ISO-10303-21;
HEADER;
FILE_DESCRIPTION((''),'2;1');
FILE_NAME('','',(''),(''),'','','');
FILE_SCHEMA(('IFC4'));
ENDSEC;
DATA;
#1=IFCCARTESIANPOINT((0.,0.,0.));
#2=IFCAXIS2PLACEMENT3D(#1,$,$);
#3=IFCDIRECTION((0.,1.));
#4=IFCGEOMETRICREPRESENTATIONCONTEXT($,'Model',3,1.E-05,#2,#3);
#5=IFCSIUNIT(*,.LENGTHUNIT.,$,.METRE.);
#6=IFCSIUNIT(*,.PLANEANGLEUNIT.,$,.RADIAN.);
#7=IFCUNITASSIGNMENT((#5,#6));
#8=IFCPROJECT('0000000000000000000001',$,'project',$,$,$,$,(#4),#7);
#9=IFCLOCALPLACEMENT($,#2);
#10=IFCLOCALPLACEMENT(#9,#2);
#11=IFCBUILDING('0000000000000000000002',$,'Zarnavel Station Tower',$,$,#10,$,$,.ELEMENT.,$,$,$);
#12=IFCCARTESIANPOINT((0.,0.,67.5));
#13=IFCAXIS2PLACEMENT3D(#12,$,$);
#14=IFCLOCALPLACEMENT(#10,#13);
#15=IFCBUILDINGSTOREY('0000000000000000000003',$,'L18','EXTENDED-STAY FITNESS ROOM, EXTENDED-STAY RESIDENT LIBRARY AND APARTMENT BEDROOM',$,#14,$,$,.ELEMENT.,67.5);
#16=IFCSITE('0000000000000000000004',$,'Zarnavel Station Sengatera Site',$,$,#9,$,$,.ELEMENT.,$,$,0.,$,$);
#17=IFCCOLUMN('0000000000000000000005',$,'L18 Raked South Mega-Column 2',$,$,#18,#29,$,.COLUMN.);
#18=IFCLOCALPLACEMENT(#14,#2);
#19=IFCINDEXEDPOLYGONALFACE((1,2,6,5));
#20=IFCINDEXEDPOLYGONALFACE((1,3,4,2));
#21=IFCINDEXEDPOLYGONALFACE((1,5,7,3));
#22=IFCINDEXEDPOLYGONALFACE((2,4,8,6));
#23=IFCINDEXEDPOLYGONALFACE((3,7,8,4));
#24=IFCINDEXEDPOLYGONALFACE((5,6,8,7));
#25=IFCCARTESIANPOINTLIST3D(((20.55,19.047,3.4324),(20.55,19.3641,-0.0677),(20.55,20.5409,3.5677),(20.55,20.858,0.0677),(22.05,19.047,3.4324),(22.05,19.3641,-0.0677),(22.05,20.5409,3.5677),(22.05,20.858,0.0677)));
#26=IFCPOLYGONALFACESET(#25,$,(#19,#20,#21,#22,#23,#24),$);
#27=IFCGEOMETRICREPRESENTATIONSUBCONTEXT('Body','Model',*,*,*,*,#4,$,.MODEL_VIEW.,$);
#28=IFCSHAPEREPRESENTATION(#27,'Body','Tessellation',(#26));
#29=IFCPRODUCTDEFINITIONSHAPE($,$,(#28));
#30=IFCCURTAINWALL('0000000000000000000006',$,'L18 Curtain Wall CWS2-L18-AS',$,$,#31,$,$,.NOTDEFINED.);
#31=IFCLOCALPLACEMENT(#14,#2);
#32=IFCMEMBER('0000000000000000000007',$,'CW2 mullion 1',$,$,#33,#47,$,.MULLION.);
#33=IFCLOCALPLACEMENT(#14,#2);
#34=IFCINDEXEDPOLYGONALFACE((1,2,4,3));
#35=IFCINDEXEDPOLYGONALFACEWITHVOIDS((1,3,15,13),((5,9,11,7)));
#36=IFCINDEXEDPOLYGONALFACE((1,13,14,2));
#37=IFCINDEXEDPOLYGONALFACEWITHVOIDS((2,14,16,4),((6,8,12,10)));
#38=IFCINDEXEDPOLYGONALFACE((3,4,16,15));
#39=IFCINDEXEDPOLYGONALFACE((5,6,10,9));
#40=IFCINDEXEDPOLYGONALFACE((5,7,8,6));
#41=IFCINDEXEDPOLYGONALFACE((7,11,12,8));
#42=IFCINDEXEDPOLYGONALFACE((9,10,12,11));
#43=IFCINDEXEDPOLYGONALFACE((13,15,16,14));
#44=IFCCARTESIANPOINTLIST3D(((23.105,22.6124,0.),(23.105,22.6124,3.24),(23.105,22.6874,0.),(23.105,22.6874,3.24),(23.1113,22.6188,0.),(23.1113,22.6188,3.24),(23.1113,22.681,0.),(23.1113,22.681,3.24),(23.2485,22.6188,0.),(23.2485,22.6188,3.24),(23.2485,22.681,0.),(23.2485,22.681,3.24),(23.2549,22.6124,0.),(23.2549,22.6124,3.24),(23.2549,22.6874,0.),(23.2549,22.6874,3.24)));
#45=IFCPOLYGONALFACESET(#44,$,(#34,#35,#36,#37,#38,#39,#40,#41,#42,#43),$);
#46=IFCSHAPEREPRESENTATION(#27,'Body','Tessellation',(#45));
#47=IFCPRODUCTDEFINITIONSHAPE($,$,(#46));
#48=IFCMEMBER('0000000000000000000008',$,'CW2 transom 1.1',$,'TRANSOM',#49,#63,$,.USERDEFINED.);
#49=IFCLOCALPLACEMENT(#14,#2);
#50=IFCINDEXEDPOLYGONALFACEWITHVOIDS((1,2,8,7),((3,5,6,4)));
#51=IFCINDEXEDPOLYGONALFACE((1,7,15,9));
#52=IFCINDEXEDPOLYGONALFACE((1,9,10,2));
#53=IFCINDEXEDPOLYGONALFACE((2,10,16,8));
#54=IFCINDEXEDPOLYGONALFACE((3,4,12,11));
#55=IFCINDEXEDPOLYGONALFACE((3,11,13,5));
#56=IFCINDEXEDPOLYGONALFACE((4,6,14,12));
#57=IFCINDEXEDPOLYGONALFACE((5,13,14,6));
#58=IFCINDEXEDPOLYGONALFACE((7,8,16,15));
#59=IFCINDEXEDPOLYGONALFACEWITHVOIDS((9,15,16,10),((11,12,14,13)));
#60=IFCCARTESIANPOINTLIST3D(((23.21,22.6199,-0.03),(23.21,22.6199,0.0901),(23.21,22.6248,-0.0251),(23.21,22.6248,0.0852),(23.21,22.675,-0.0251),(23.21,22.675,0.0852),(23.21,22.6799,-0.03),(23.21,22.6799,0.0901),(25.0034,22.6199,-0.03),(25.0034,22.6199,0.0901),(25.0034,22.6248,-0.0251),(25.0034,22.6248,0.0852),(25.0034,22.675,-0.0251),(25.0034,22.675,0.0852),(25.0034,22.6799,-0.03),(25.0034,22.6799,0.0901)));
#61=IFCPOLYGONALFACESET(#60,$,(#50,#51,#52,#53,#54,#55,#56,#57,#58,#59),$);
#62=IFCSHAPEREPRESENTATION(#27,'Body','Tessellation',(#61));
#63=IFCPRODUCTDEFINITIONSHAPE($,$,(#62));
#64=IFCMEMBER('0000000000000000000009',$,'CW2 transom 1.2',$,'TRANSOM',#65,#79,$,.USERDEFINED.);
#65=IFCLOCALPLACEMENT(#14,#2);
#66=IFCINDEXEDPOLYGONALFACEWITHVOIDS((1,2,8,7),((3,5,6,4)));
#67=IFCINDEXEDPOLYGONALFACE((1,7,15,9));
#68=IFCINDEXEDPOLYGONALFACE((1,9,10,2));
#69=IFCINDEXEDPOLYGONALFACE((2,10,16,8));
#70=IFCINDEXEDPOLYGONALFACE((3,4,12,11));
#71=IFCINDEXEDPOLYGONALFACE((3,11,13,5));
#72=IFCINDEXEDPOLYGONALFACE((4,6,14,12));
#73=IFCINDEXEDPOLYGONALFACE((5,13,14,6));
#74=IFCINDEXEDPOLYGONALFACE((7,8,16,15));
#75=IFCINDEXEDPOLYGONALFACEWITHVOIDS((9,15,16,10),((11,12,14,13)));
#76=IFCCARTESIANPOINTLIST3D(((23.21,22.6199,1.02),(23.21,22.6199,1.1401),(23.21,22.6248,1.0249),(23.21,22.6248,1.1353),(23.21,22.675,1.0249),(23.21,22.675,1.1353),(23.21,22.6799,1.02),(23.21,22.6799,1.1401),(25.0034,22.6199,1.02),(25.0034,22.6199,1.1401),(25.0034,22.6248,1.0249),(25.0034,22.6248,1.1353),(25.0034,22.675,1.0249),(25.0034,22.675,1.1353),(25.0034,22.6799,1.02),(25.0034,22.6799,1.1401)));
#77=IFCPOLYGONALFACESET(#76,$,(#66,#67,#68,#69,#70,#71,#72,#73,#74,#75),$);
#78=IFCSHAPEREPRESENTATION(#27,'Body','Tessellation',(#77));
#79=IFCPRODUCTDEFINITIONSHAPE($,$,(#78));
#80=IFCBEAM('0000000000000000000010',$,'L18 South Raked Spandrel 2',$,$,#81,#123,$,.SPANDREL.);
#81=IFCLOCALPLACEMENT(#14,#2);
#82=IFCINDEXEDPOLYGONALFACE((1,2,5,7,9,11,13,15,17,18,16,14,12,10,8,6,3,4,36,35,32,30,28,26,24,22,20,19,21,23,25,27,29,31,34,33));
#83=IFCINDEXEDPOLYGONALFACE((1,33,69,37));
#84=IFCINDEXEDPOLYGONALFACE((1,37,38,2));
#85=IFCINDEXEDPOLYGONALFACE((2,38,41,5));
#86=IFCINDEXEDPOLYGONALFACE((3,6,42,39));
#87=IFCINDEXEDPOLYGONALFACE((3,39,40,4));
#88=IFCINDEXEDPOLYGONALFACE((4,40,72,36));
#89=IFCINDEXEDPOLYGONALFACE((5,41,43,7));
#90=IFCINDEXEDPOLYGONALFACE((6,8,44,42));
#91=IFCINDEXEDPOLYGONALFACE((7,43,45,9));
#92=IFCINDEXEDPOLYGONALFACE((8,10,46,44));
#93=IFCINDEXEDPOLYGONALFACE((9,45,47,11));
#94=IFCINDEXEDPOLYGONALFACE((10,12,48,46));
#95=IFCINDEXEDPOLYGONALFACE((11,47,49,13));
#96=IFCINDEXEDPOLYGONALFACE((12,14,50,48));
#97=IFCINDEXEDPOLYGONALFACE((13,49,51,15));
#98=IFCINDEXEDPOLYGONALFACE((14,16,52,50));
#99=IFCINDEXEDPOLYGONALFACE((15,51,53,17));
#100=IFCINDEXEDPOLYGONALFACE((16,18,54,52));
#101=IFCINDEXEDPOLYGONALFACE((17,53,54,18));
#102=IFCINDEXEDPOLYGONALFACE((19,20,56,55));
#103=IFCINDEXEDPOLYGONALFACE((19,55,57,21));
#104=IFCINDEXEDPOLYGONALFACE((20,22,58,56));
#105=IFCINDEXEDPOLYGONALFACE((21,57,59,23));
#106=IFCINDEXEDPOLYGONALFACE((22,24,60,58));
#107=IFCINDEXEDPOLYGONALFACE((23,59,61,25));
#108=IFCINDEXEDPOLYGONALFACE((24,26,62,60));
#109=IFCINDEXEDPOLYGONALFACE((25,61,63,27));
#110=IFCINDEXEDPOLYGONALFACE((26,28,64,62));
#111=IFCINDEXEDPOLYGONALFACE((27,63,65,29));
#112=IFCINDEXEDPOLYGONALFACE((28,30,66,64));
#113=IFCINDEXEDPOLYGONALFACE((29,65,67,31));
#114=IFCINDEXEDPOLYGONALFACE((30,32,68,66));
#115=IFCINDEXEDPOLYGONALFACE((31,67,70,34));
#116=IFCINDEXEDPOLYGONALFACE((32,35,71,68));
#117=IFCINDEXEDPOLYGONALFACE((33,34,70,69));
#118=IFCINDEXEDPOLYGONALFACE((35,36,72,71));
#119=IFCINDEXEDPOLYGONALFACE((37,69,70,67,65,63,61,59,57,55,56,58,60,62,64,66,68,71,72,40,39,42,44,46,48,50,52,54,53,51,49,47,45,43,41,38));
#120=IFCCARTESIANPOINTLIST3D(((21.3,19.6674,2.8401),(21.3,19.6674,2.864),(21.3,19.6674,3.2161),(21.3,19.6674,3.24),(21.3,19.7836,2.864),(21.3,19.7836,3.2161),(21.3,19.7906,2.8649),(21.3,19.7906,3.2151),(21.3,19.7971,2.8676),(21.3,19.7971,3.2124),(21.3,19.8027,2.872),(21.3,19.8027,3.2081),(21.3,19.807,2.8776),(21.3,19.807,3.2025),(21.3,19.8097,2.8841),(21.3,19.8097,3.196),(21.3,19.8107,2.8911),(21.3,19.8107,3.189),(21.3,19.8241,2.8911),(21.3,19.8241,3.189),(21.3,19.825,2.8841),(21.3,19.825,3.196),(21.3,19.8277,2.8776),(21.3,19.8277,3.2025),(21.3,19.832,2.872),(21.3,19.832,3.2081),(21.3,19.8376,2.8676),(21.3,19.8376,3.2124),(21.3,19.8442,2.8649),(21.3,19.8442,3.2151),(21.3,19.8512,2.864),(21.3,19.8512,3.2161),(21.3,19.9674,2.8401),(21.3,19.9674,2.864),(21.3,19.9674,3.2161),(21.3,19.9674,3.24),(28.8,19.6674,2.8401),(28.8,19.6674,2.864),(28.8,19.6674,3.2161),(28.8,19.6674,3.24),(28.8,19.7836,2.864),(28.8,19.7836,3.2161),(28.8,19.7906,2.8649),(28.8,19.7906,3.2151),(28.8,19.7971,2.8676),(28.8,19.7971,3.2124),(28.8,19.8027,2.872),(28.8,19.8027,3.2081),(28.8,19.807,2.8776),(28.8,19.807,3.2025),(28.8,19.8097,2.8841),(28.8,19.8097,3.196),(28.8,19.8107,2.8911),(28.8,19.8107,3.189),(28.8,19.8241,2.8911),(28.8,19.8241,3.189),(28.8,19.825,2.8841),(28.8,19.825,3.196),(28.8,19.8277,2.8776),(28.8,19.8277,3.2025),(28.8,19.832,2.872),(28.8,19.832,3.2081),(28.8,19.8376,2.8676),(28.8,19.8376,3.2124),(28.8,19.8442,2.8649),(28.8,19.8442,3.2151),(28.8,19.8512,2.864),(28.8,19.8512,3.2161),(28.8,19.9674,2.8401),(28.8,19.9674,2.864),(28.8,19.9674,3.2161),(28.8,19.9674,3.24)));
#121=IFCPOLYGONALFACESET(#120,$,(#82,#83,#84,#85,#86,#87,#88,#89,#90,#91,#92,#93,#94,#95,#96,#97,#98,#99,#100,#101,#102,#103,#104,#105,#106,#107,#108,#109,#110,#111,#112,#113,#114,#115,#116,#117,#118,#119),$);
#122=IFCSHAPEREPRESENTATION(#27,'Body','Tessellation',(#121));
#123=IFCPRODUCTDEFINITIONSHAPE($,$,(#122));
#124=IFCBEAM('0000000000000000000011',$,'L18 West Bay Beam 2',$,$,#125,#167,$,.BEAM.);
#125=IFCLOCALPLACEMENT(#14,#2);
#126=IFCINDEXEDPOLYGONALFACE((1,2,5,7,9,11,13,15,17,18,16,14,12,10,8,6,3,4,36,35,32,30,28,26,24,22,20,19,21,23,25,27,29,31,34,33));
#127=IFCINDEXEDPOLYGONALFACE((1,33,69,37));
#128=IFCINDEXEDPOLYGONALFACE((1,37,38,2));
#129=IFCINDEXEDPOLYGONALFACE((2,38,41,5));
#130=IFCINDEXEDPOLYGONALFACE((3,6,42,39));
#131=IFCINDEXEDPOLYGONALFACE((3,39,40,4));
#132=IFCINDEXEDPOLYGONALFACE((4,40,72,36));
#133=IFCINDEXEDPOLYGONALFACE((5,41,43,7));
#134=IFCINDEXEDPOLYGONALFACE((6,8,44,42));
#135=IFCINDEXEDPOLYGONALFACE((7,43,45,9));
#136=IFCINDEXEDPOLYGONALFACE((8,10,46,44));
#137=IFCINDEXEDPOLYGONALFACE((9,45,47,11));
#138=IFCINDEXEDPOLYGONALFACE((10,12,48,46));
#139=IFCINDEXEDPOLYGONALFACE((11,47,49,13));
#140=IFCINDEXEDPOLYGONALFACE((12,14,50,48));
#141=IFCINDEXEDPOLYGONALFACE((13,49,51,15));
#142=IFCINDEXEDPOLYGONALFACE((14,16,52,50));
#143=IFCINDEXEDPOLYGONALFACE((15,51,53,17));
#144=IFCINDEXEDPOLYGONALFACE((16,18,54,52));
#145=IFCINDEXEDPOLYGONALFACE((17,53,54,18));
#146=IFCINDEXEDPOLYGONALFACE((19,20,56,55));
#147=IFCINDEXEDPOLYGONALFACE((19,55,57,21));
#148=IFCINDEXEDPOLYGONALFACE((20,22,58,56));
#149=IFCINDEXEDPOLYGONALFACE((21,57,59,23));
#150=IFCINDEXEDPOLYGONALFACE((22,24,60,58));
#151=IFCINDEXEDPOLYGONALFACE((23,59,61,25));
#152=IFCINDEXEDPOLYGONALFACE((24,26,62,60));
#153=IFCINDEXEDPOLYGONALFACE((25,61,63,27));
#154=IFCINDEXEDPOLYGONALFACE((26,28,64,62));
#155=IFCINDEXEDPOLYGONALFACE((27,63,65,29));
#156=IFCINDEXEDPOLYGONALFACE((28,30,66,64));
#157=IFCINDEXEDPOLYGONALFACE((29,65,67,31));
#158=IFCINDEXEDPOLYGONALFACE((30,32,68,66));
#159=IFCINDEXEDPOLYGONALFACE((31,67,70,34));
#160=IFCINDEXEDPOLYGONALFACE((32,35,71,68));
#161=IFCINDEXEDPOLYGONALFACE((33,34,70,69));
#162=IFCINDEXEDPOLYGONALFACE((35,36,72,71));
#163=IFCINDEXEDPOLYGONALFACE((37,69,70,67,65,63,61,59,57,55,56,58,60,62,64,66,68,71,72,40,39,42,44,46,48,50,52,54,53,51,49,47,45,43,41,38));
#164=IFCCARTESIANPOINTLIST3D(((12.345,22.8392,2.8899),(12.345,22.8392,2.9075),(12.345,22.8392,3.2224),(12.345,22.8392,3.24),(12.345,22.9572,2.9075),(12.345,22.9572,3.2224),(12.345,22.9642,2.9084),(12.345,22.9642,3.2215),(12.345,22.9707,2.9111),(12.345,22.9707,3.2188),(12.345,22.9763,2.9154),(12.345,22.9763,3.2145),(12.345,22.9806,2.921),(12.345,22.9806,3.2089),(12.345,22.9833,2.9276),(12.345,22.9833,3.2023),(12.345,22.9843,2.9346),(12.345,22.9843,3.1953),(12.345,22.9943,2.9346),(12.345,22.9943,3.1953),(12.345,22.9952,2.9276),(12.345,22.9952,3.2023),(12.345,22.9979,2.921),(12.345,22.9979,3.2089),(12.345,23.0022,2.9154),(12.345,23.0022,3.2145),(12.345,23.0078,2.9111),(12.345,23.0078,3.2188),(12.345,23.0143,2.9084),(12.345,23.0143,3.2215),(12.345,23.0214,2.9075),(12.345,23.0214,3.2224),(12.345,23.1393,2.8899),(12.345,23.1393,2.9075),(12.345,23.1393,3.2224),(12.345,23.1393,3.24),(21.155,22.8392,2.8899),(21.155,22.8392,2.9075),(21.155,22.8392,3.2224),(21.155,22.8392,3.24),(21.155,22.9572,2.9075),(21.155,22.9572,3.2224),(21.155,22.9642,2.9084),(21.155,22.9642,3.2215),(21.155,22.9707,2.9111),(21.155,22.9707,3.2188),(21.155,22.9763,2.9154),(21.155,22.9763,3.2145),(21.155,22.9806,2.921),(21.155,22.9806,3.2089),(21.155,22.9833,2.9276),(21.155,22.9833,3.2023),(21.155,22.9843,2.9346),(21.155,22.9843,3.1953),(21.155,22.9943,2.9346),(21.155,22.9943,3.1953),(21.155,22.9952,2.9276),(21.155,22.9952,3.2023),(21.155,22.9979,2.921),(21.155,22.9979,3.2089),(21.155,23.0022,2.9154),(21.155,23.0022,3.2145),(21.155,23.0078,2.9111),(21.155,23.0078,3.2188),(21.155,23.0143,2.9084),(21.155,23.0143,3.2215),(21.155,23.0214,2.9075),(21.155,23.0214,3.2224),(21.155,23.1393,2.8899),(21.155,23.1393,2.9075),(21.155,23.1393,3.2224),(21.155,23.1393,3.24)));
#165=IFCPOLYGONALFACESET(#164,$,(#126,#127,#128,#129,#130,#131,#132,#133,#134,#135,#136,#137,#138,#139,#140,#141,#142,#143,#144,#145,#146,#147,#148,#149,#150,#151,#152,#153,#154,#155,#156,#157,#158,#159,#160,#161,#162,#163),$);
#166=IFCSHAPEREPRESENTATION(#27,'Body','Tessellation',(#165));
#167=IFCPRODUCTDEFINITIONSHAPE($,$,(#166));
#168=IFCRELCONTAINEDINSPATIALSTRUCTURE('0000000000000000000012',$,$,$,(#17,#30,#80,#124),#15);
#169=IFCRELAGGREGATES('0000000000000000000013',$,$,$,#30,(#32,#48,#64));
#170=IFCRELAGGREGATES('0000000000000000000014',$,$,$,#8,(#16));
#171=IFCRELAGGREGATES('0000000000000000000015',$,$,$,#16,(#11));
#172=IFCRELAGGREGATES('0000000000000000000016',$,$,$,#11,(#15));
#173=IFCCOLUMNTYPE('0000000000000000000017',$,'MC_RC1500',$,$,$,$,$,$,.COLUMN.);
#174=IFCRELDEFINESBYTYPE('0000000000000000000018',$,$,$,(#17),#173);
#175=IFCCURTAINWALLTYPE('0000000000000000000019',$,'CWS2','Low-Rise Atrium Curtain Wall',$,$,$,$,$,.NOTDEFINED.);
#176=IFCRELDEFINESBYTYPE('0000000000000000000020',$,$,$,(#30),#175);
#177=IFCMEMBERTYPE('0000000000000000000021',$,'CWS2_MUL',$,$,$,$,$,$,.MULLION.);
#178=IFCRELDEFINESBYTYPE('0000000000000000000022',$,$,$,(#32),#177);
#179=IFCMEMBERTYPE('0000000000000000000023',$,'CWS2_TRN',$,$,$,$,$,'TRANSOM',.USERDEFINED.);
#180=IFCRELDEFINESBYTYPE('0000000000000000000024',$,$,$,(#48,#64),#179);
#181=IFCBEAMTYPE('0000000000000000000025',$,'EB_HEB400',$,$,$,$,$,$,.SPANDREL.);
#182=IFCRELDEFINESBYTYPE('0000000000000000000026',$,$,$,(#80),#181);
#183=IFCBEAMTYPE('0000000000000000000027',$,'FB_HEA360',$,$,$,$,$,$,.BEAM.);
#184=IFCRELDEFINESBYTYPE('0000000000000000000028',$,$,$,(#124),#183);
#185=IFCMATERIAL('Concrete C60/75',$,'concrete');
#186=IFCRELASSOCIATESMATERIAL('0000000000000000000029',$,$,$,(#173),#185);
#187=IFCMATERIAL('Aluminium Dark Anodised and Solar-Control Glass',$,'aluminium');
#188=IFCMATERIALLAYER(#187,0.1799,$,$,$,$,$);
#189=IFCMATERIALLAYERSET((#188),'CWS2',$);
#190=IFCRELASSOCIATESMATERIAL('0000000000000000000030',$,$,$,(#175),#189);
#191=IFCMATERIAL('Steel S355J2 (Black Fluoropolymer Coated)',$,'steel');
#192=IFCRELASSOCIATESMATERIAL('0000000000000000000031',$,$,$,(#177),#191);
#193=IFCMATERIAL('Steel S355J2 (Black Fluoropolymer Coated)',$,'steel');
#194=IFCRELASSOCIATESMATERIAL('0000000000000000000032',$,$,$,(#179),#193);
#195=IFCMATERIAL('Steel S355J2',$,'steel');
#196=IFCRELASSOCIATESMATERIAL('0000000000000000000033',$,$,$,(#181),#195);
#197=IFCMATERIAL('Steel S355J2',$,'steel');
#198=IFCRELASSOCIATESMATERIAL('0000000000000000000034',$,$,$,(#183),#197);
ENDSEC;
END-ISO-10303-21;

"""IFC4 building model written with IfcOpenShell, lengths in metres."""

from ifc_helpers import new_model, si_unit, direction, frame, origin, origin_2d, place, context, subcontext, project, spatial, rectangle, hollow_rectangle, i_section, extrude, material, layer, layer_set, material_profile, profile_set, type_object, element, aggregate, save


model = new_model("IFC4")

# Units and contexts
model_context = context("Model", 3, precision=1e-05, world=origin(), true_north=direction((0.0, 1.0)))
body_context = subcontext(model_context, "Body", "Model", "MODEL_VIEW")
ifc_project = project(units=[si_unit("LENGTHUNIT", "METRE"), si_unit("PLANEANGLEUNIT", "RADIAN")], contexts=[model_context])

# Site, building, storey
site_placement = place(None, origin())
site = spatial("IfcSite", under=ifc_project, at=site_placement, Name="Zarnavel Station Sengatera Site", CompositionType="ELEMENT", RefElevation=0.0)
building_placement = place(site_placement, origin())
building = spatial("IfcBuilding", under=site, at=building_placement, Name="Zarnavel Station Tower", CompositionType="ELEMENT")
storey_placement = place(building_placement, frame((0.0, 0.0, 67.5)))
storey = spatial("IfcBuildingStorey", under=building, at=storey_placement, Name="L18", Description="EXTENDED-STAY FITNESS ROOM, EXTENDED-STAY RESIDENT LIBRARY AND APARTMENT BEDROOM", CompositionType="ELEMENT", Elevation=67.5)

# Column
ifc_material_1 = material(Name="Concrete C60/75", Category="concrete")
ifc_material_profile_1 = material_profile(ifc_material_1, rectangle(XDim=1.5, YDim=1.5, at=origin_2d()), Name="RC1500x1500")
ifc_profile_set_1 = profile_set([ifc_material_profile_1], Name="Concrete C60/75")
column_type = type_object("IfcColumnType", Name="MC_RC1500", PredefinedType="COLUMN", material=ifc_profile_set_1)
column_placement = place(storey_placement, frame((21.3, 20.1111, 0.0), z_axis=(0.0, -0.090241, 0.99592), x_axis=(1.0, 0.0, 0.0)))
element("IfcColumn", 1, at=column_placement, inside=storey, type_object=column_type, Name="L18 Raked South Mega-Column 2", PredefinedType="COLUMN", context=body_context, shape_type="SweptSolid", body=[
    extrude(rectangle(XDim=1.5, YDim=1.5, at=origin_2d()), origin(), (0.0, 0.0, 1.0), 3.5144),
])

# Curtain wall, members
ifc_material_2 = material(Name="Aluminium Dark Anodised and Solar-Control Glass", Category="aluminium")
ifc_layer_1 = layer(ifc_material_2, 0.1799)
ifc_layer_set_1 = layer_set([ifc_layer_1], Name="CWS2")
curtain_wall_type = type_object("IfcCurtainWallType", Name="CWS2", Description="Low-Rise Atrium Curtain Wall", PredefinedType="NOTDEFINED", material=ifc_layer_set_1)
curtain_wall_placement = place(storey_placement, origin())
curtain_wall = element("IfcCurtainWall", 2, at=curtain_wall_placement, inside=storey, type_object=curtain_wall_type, Name="L18 Curtain Wall CWS2-L18-AS", PredefinedType="NOTDEFINED")
ifc_material_3 = material(Name="Steel S355J2 (Black Fluoropolymer Coated)", Category="steel")
ifc_material_profile_2 = material_profile(ifc_material_3, hollow_rectangle(XDim=0.075, YDim=0.1499, WallThickness=0.0063, at=origin_2d()), Name="RHS150x75x6.3")
ifc_profile_set_2 = profile_set([ifc_material_profile_2], Name="Steel S355J2 (Black Fluoropolymer Coated)")
member_type_1 = type_object("IfcMemberType", Name="CWS2_MUL", PredefinedType="MULLION", material=ifc_profile_set_2)
member_1_placement = place(storey_placement, frame((23.1799, 22.6499, 0.0), z_axis=(0.0, 0.0, 1.0), x_axis=(0.0, 1.0, 0.0)))
member_1 = element("IfcMember", 3, at=member_1_placement, type_object=member_type_1, Name="CW2 mullion 1", PredefinedType="MULLION", context=body_context, shape_type="SweptSolid", body=[
    extrude(hollow_rectangle(XDim=0.075, YDim=0.1499, WallThickness=0.0063, at=origin_2d()), origin(), (0.0, 0.0, 1.0), 3.24),
])
ifc_material_4 = material(Name="Steel S355J2 (Black Fluoropolymer Coated)", Category="steel")
ifc_material_profile_3 = material_profile(ifc_material_4, hollow_rectangle(XDim=0.0601, YDim=0.1201, WallThickness=0.0049, at=origin_2d()), Name="RHS120x60x5")
ifc_profile_set_3 = profile_set([ifc_material_profile_3], Name="Steel S355J2 (Black Fluoropolymer Coated)")
member_type_2 = type_object("IfcMemberType", Name="CWS2_TRN", ElementType="TRANSOM", PredefinedType="USERDEFINED", material=ifc_profile_set_3)
member_2_placement = place(storey_placement, frame((23.21, 22.6499, 0.03), z_axis=(1.0, 0.0, 0.0), x_axis=(0.0, 1.0, 0.0)))
member_2 = element("IfcMember", 4, at=member_2_placement, type_object=member_type_2, Name="CW2 transom 1.1", ObjectType="TRANSOM", PredefinedType="USERDEFINED", context=body_context, shape_type="SweptSolid", body=[
    extrude(hollow_rectangle(XDim=0.0601, YDim=0.1201, WallThickness=0.0049, at=origin_2d()), origin(), (0.0, 0.0, 1.0), 1.7935),
])
member_3_placement = place(storey_placement, frame((23.21, 22.6499, 1.0801), z_axis=(1.0, 0.0, 0.0), x_axis=(0.0, 1.0, 0.0)))
member_3 = element("IfcMember", 5, at=member_3_placement, type_object=member_type_2, Name="CW2 transom 1.2", ObjectType="TRANSOM", PredefinedType="USERDEFINED", context=body_context, shape_type="SweptSolid", body=[
    extrude(hollow_rectangle(XDim=0.0601, YDim=0.1201, WallThickness=0.0049, at=origin_2d()), origin(), (0.0, 0.0, 1.0), 1.7935),
])
aggregate(curtain_wall, [member_1, member_2, member_3])

# Beams
ifc_material_5 = material(Name="Steel S355J2", Category="steel")
ifc_material_profile_4 = material_profile(ifc_material_5, i_section(OverallWidth=0.3, OverallDepth=0.3999, WebThickness=0.0134, FlangeThickness=0.0239, FilletRadius=0.0271, at=origin_2d()), Name="HEB400")
ifc_profile_set_4 = profile_set([ifc_material_profile_4], Name="Steel S355J2")
beam_type_1 = type_object("IfcBeamType", Name="EB_HEB400", PredefinedType="SPANDREL", material=ifc_profile_set_4)
beam_1_placement = place(storey_placement, frame((21.3, 19.8174, 3.04), z_axis=(1.0, 0.0, 0.0), x_axis=(0.0, 1.0, 0.0)))
element("IfcBeam", 6, at=beam_1_placement, inside=storey, type_object=beam_type_1, Name="L18 South Raked Spandrel 2", PredefinedType="SPANDREL", context=body_context, shape_type="SweptSolid", body=[
    extrude(i_section(OverallWidth=0.3, OverallDepth=0.3999, WebThickness=0.0134, FlangeThickness=0.0239, FilletRadius=0.0271, at=origin_2d()), origin(), (0.0, 0.0, 1.0), 7.5),
])
ifc_material_6 = material(Name="Steel S355J2", Category="steel")
ifc_material_profile_5 = material_profile(ifc_material_6, i_section(OverallWidth=0.3, OverallDepth=0.3501, WebThickness=0.01, FlangeThickness=0.0176, FilletRadius=0.0271, at=origin_2d()), Name="HEA360")
ifc_profile_set_5 = profile_set([ifc_material_profile_5], Name="Steel S355J2")
beam_type_2 = type_object("IfcBeamType", Name="FB_HEA360", PredefinedType="BEAM", material=ifc_profile_set_5)
beam_2_placement = place(storey_placement, frame((12.345, 22.9893, 3.0649), z_axis=(1.0, 0.0, 0.0), x_axis=(0.0, 1.0, 0.0)))
element("IfcBeam", 7, at=beam_2_placement, inside=storey, type_object=beam_type_2, Name="L18 West Bay Beam 2", PredefinedType="BEAM", context=body_context, shape_type="SweptSolid", body=[
    extrude(i_section(OverallWidth=0.3, OverallDepth=0.3501, WebThickness=0.01, FlangeThickness=0.0176, FilletRadius=0.0271, at=origin_2d()), origin(), (0.0, 0.0, 1.0), 8.8101),
])

save(model, "model.ifc")
